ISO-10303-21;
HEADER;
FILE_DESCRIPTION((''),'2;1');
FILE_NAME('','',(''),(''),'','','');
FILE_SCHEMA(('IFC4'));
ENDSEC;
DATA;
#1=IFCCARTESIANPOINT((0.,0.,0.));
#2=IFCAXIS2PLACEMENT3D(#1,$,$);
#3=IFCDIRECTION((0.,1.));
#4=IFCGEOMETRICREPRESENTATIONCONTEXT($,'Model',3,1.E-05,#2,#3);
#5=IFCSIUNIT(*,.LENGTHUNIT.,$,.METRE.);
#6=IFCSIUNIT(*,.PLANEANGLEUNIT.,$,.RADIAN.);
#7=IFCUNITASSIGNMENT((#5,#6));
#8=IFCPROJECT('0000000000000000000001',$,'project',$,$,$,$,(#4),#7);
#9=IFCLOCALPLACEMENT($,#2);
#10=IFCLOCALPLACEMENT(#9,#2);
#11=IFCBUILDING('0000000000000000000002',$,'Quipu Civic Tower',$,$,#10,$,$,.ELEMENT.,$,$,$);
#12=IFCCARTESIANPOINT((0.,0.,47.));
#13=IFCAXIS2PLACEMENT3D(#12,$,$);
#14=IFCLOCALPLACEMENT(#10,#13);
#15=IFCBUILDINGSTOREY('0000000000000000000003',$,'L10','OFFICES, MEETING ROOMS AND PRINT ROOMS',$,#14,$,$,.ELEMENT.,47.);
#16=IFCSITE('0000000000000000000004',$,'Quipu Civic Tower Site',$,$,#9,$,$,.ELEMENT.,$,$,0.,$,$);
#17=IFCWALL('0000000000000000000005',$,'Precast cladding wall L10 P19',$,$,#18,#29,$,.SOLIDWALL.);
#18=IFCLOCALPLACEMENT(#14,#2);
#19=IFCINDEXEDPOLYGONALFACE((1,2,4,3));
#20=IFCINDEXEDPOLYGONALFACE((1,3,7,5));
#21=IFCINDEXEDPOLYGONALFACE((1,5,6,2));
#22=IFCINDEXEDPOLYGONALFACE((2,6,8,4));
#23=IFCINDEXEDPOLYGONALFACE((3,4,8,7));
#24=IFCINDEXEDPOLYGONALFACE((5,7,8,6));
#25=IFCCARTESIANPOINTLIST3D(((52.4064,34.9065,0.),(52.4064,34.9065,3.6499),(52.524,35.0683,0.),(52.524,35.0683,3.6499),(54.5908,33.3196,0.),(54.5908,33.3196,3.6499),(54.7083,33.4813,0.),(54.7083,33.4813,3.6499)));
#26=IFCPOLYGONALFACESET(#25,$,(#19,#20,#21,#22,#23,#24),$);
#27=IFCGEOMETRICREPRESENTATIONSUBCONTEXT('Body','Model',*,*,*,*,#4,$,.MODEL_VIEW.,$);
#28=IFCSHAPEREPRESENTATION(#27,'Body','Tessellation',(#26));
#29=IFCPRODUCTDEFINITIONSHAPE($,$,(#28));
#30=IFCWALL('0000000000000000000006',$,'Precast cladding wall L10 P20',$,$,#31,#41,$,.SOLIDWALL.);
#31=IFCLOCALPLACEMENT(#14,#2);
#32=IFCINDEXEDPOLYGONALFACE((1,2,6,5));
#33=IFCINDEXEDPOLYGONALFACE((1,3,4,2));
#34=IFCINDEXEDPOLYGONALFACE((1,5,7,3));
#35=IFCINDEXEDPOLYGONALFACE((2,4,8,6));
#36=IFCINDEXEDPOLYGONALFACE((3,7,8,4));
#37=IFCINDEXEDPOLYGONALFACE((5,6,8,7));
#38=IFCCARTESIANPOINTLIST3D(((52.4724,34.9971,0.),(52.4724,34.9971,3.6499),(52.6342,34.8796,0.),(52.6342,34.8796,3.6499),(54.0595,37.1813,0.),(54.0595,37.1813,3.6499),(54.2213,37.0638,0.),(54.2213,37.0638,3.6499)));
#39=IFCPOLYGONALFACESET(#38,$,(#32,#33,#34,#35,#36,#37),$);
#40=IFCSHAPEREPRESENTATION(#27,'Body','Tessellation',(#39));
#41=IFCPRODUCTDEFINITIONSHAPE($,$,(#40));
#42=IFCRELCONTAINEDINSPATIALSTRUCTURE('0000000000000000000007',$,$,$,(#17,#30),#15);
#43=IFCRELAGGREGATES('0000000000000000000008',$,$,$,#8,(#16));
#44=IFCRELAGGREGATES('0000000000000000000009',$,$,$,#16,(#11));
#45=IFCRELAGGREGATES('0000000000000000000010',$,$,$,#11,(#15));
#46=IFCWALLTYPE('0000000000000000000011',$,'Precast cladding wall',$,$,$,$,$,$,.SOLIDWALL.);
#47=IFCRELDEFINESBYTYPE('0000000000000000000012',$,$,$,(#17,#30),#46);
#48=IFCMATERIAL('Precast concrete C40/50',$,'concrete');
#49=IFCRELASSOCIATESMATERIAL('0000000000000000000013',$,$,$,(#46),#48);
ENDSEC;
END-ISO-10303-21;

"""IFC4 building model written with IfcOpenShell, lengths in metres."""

from ifc_helpers import new_model, si_unit, direction, frame, frame_2d, origin, place, context, subcontext, project, spatial, rectangle, extrude, material, type_object, element, save


model = new_model("IFC4")

# Units and contexts
model_context = context("Model", 3, precision=1e-05, world=origin(), true_north=direction((0.0, 1.0)))
body_context = subcontext(model_context, "Body", "Model", "MODEL_VIEW")
ifc_project = project(units=[si_unit("LENGTHUNIT", "METRE"), si_unit("PLANEANGLEUNIT", "RADIAN")], contexts=[model_context])

# Site, building, storey
site_placement = place(None, origin())
site = spatial("IfcSite", under=ifc_project, at=site_placement, Name="Quipu Civic Tower Site", CompositionType="ELEMENT", RefElevation=0.0)
building_placement = place(site_placement, origin())
building = spatial("IfcBuilding", under=site, at=building_placement, Name="Quipu Civic Tower", CompositionType="ELEMENT")
storey_placement = place(building_placement, frame((0.0, 0.0, 47.0)))
storey = spatial("IfcBuildingStorey", under=building, at=storey_placement, Name="L10", Description="OFFICES, MEETING ROOMS AND PRINT ROOMS", CompositionType="ELEMENT", Elevation=47.0)

# Walls
ifc_material_1 = material(Name="Precast concrete C40/50", Category="concrete")
wall_type = type_object("IfcWallType", Name="Precast cladding wall", PredefinedType="SOLIDWALL", material=ifc_material_1)
for number, where, z_axis, x_axis, name in (
    (1, (54.6497, 33.4004, 0.0), (0.0, 0.0, 1.0), (-0.809033, 0.587763, 0.0), "Precast cladding wall L10 P19"),
    (2, (52.5532, 34.9382, 0.0), (0.0, 0.0, 1.0), (0.587822, 0.80899, 0.0), "Precast cladding wall L10 P20"),
):
    element("IfcWall", number, at=place(storey_placement, frame(where, z_axis=z_axis, x_axis=x_axis)), inside=storey, type_object=wall_type, Name=name, PredefinedType="SOLIDWALL", context=body_context, shape_type="SweptSolid", body=[
        extrude(rectangle(XDim=2.7, YDim=0.2, at=frame_2d((1.3501, 0.0))), origin(), (0.0, 0.0, 1.0), 3.6499),
    ])

save(model, "model.ifc")
